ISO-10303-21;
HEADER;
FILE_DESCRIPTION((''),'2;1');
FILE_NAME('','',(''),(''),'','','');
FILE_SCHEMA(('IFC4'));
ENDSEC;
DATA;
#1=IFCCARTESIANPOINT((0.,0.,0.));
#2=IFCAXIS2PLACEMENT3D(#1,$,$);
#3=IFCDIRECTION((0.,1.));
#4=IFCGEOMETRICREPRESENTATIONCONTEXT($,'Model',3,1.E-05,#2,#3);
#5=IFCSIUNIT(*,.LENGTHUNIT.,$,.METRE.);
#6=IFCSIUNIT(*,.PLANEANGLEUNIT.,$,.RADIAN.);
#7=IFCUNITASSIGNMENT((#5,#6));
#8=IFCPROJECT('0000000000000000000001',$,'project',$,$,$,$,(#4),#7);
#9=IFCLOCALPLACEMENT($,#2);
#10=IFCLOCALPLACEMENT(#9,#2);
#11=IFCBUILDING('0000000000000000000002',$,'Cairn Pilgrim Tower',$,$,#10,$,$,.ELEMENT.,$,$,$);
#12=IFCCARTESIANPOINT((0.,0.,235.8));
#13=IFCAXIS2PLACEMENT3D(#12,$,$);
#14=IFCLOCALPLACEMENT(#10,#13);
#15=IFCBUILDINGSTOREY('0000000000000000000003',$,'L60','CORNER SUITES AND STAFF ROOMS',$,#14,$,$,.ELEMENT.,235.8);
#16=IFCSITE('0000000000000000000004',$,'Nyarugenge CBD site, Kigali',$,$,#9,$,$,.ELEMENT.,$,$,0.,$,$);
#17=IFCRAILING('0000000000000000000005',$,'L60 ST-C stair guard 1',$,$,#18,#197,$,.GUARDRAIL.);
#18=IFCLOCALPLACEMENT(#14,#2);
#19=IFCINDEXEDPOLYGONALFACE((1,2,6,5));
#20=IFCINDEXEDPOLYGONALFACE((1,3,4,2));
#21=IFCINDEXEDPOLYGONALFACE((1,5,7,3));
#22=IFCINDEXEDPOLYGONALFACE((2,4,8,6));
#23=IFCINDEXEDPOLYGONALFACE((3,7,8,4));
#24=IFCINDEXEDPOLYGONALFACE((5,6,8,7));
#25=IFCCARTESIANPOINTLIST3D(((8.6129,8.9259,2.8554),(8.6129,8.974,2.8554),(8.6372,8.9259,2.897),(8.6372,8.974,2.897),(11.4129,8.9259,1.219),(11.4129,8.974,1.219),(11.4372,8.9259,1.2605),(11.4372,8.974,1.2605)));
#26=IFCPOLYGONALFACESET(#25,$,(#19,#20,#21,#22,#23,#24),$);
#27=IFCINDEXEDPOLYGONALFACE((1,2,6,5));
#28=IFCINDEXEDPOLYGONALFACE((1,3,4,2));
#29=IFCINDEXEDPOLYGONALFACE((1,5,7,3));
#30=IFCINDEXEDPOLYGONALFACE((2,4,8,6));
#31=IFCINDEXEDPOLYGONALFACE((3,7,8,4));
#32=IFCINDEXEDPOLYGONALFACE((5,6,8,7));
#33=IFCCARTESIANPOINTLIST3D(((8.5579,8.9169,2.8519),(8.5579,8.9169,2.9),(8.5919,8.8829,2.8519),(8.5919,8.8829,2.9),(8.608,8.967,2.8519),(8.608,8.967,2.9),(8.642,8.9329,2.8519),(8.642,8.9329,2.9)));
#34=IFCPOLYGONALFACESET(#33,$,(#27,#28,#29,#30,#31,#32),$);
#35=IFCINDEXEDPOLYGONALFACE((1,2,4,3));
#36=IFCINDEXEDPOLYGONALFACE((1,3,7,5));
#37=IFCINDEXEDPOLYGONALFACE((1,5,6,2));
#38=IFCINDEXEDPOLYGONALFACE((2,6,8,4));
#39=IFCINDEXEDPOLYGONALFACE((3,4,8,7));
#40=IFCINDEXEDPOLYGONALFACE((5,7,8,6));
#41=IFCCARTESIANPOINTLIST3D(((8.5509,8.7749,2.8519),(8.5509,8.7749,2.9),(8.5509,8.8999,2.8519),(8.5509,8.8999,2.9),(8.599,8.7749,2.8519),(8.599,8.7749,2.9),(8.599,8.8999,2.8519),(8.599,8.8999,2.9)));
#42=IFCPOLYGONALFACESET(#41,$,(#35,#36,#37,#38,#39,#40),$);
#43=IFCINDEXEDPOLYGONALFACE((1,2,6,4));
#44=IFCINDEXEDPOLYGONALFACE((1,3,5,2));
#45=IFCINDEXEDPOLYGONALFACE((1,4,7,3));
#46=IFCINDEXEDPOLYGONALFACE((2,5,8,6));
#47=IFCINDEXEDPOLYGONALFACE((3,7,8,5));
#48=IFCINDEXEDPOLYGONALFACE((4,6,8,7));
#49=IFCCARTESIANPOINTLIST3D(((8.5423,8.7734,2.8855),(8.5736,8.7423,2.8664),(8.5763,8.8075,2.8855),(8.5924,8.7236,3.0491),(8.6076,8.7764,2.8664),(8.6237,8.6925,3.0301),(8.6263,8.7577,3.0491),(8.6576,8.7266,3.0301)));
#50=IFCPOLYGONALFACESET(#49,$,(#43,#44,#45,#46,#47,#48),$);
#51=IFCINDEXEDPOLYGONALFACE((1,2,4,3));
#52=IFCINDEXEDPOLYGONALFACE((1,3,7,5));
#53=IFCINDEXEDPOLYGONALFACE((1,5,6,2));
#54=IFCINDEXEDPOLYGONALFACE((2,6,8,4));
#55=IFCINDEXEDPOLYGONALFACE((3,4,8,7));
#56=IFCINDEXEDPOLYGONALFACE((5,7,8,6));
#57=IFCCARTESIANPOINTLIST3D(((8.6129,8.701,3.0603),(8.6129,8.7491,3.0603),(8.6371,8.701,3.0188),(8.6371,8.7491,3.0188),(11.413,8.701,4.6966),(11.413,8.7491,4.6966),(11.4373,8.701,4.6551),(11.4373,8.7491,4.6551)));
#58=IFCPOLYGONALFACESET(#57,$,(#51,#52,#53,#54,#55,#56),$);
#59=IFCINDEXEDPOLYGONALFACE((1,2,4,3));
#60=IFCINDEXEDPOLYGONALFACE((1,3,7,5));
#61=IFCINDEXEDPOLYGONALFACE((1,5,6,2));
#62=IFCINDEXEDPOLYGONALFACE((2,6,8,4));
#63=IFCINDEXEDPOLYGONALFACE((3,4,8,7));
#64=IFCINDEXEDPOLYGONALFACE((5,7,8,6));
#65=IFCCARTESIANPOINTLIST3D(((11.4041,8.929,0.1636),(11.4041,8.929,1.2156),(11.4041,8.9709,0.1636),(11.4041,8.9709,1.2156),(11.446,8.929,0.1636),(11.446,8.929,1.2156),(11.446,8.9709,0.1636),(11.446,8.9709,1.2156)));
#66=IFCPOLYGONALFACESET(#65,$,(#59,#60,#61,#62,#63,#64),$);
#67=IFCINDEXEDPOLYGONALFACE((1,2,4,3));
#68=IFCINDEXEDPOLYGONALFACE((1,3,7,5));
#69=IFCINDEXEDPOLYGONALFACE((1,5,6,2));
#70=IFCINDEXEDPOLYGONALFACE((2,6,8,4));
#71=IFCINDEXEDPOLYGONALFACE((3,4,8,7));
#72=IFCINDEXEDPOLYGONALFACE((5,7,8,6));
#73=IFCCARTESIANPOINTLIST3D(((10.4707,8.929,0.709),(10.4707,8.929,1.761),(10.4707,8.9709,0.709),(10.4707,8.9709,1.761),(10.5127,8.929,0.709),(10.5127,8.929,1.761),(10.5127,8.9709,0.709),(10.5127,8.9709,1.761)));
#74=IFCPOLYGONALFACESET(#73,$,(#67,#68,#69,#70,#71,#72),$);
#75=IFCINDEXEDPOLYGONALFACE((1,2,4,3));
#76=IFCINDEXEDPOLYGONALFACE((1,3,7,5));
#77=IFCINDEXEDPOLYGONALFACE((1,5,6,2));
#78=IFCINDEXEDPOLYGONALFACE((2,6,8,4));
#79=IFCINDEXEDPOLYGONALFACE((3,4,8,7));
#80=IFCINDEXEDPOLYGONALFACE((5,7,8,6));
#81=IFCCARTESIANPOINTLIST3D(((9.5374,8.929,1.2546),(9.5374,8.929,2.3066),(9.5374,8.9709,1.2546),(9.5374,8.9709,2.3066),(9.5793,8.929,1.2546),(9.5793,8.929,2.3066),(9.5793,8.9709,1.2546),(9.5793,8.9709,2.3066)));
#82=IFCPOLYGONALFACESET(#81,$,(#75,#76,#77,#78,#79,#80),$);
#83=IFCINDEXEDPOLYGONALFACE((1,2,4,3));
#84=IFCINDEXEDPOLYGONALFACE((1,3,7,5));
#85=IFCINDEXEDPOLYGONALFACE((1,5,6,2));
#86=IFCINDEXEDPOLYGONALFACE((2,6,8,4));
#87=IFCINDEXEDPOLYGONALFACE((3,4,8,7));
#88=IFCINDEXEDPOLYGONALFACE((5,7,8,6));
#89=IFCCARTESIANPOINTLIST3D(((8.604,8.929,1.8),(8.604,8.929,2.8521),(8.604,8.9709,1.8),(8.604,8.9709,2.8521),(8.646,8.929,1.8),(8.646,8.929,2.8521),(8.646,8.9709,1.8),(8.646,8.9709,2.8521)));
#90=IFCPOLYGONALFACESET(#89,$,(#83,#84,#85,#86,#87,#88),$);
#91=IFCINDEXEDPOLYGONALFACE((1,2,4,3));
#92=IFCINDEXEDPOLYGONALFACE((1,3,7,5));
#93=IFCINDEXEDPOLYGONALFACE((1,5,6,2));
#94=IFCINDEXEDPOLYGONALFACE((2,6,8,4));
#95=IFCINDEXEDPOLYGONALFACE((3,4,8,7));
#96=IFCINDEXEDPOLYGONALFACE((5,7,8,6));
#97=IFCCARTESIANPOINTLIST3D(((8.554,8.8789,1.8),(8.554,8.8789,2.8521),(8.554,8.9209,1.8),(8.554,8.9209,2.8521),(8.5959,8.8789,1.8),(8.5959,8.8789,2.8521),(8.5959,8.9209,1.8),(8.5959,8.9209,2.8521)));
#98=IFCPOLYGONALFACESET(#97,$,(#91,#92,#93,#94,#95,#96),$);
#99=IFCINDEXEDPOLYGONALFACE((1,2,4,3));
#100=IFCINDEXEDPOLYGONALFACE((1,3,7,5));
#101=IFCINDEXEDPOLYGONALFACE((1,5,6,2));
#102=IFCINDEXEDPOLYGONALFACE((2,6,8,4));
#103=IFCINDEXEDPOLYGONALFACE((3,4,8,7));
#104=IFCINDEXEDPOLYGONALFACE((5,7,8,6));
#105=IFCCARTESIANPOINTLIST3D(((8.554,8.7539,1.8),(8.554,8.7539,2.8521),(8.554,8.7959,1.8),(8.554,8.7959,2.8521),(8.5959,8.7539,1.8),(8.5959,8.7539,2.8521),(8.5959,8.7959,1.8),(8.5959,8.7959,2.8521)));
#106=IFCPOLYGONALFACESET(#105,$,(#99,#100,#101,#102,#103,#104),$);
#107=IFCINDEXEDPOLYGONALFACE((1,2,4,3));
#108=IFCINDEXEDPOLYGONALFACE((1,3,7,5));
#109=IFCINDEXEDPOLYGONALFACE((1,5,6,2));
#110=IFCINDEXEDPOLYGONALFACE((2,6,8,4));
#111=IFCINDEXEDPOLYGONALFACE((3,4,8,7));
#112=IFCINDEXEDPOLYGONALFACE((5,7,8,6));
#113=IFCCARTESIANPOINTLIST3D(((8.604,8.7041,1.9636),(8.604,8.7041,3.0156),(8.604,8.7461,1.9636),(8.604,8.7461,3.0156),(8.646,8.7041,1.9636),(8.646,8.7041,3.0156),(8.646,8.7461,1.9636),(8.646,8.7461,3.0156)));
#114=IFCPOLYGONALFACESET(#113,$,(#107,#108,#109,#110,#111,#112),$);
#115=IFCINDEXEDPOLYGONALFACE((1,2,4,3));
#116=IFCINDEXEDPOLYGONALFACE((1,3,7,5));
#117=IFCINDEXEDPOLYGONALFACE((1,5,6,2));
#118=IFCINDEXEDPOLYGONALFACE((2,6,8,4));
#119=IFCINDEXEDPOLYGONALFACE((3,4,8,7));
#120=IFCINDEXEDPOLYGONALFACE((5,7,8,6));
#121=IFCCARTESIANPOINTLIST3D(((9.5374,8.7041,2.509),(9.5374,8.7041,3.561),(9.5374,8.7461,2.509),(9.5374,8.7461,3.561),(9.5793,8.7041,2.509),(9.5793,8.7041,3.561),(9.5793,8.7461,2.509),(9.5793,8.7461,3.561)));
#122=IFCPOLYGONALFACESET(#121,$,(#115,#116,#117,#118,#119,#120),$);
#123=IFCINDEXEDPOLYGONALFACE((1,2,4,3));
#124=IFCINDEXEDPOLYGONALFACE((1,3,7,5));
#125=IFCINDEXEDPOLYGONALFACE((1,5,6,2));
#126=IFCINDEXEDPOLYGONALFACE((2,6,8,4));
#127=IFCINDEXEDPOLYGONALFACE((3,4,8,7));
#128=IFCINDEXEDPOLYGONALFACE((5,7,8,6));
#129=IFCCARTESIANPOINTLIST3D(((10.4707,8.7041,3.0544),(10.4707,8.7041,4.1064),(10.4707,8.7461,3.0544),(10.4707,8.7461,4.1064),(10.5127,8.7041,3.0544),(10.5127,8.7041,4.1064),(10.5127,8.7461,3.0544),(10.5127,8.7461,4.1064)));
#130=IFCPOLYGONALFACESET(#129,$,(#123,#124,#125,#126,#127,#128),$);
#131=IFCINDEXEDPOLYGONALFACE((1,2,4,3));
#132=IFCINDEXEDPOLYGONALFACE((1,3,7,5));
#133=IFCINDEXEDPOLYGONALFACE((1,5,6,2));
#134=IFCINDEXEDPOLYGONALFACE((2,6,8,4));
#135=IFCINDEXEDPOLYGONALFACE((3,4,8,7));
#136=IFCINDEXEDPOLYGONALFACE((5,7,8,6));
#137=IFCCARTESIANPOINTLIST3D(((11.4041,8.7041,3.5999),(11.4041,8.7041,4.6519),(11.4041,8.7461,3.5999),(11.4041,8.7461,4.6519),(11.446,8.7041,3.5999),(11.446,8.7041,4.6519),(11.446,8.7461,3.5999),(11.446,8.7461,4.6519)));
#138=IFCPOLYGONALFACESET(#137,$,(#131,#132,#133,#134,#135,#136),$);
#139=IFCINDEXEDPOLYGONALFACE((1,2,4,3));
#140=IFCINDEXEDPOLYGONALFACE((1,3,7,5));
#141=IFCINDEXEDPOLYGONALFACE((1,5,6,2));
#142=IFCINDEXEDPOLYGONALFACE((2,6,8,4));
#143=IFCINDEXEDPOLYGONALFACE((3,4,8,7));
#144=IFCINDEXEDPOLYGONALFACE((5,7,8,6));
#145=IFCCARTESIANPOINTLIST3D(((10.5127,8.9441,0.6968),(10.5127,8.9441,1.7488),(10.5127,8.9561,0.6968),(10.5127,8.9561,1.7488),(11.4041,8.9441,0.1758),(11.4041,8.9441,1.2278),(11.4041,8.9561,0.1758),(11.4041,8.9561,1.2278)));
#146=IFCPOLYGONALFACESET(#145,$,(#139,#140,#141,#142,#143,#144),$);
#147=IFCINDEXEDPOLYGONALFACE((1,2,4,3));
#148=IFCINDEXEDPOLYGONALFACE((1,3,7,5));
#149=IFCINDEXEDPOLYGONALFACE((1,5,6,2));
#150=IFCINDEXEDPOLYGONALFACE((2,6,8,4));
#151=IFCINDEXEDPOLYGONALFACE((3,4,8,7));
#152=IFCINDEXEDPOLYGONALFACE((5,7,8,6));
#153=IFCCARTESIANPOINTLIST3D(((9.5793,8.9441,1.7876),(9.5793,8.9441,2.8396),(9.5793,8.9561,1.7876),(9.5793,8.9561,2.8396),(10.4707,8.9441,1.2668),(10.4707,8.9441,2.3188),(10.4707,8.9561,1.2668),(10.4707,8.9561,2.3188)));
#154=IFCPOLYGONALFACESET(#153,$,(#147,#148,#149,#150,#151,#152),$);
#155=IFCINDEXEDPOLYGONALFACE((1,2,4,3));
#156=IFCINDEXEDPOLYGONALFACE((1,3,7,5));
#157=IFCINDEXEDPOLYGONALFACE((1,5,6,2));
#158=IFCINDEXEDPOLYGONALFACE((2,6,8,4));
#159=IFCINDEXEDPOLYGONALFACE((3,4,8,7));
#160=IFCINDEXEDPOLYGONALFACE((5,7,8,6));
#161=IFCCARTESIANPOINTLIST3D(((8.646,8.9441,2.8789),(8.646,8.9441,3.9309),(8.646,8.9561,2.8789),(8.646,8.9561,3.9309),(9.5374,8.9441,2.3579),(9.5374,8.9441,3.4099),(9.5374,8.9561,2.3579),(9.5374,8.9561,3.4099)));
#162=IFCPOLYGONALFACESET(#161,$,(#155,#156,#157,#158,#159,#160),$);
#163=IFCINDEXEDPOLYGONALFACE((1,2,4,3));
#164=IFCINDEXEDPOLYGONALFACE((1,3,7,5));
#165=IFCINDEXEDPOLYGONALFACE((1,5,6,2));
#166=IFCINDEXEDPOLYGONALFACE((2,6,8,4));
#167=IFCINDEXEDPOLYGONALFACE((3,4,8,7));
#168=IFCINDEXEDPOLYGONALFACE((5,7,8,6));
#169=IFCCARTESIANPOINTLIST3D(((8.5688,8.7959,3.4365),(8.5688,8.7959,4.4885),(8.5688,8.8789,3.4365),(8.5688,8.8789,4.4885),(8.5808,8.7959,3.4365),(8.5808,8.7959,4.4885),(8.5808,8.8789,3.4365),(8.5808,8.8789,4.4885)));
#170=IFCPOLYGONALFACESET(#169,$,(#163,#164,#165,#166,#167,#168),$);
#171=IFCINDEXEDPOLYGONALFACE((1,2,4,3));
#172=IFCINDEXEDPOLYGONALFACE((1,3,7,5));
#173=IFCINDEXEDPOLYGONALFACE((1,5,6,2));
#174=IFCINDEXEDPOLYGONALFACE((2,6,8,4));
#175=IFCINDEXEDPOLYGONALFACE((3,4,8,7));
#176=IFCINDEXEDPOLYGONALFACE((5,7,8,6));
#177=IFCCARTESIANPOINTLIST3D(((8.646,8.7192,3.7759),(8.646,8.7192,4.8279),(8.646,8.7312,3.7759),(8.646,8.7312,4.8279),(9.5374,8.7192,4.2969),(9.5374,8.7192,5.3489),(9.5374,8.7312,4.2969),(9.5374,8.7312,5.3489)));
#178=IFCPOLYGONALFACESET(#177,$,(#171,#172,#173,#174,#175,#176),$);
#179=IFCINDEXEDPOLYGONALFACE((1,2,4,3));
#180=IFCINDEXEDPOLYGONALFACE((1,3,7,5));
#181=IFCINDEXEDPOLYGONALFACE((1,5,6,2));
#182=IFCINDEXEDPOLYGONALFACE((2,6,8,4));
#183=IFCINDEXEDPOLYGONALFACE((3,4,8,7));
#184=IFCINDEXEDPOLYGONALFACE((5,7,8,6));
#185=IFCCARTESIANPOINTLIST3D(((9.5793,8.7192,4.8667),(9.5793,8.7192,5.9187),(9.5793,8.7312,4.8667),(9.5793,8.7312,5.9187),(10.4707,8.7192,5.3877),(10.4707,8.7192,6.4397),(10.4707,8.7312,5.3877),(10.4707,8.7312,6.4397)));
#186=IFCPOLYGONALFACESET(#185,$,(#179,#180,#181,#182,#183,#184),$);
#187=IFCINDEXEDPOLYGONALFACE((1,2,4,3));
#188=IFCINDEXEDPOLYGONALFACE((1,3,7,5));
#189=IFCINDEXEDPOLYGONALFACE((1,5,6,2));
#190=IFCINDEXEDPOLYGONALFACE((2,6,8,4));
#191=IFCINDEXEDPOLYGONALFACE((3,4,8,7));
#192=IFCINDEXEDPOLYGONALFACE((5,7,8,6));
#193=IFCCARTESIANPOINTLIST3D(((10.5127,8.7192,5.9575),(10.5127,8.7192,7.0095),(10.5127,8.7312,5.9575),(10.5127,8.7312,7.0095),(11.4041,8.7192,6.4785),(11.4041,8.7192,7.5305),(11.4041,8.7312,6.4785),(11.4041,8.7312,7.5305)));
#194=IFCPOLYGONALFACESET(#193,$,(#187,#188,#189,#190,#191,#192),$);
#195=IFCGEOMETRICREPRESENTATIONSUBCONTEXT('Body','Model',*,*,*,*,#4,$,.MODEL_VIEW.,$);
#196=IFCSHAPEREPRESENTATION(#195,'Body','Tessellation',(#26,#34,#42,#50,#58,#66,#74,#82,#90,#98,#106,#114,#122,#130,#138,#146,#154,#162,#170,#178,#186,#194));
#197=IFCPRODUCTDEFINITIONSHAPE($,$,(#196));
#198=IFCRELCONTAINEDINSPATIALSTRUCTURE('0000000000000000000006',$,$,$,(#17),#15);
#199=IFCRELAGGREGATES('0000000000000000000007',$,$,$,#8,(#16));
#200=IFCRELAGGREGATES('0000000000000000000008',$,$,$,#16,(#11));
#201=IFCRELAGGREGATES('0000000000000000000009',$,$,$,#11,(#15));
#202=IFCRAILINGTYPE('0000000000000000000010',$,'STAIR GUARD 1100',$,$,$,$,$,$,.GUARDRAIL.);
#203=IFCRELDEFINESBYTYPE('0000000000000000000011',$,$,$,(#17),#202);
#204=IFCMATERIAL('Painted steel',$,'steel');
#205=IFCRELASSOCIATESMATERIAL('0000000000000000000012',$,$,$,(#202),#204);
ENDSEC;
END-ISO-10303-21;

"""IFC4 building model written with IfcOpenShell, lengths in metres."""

from ifc_helpers import new_model, si_unit, direction, frame, origin, origin_2d, place, context, subcontext, project, spatial, polyline, rectangle, outline, extrude, material, type_object, element, save


model = new_model("IFC4")

# Units and contexts
model_context = context("Model", 3, precision=1e-05, world=origin(), true_north=direction((0.0, 1.0)))
body_context = subcontext(model_context, "Body", "Model", "MODEL_VIEW")
ifc_project = project(units=[si_unit("LENGTHUNIT", "METRE"), si_unit("PLANEANGLEUNIT", "RADIAN")], contexts=[model_context])

# Site, building, storey
site_placement = place(None, origin())
site = spatial("IfcSite", under=ifc_project, at=site_placement, Name="Nyarugenge CBD site, Kigali", CompositionType="ELEMENT", RefElevation=0.0)
building_placement = place(site_placement, origin())
building = spatial("IfcBuilding", under=site, at=building_placement, Name="Cairn Pilgrim Tower", CompositionType="ELEMENT")
storey_placement = place(building_placement, frame((0.0, 0.0, 235.8)))
storey = spatial("IfcBuildingStorey", under=building, at=storey_placement, Name="L60", Description="CORNER SUITES AND STAFF ROOMS", CompositionType="ELEMENT", Elevation=235.8)

# Shared definitions
ifc_material_1 = material(Name="Painted steel", Category="steel")

# Railing
railing_type_1 = type_object("IfcRailingType", Name="STAIR GUARD 1100", PredefinedType="GUARDRAIL", material=ifc_material_1)
railing_1_placement = place(storey_placement, frame((11.425, 8.95, 0.1636)))
element("IfcRailing", 1, at=railing_1_placement, inside=storey, type_object=railing_type_1, Name="L60 ST-C stair guard 1", PredefinedType="GUARDRAIL", context=body_context, shape_type="SweptSolid", body=[
    extrude(rectangle(XDim=0.0481, YDim=0.0481, at=origin_2d()), frame((0.0, 0.0, 1.0762), z_axis=(-0.863361, 0.0, 0.504587), x_axis=(0.0, -1.0, 0.0)), (0.0, 0.0, 1.0), 3.2432),
    extrude(rectangle(XDim=0.0481, YDim=0.0481, at=origin_2d()), frame((-2.8, 0.0, 2.7124), z_axis=(-0.707107, -0.707107, 0.0), x_axis=(0.707107, -0.707107, 0.0)), (0.0, 0.0, 1.0), 0.0708),
    extrude(rectangle(XDim=0.0481, YDim=0.0481, at=origin_2d()), frame((-2.8501, -0.05, 2.7124), z_axis=(0.0, -1.0, 0.0), x_axis=(1.0, 0.0, 0.0)), (0.0, 0.0, 1.0), 0.125),
    extrude(rectangle(XDim=0.0481, YDim=0.0481, at=origin_2d()), frame((-2.8501, -0.175, 2.7124), z_axis=(0.280917, -0.279546, 0.918118), x_axis=(0.705376, 0.708834, 0.0)), (0.0, 0.0, 1.0), 0.1782),
    extrude(rectangle(XDim=0.0481, YDim=0.0481, at=origin_2d()), frame((-2.8, -0.2249, 2.876), z_axis=(0.863394, 0.0, 0.504531), x_axis=(0.0, 1.0, 0.0)), (0.0, 0.0, 1.0), 3.2432),
    extrude(rectangle(XDim=0.042, YDim=0.042, at=origin_2d()), origin(), (0.0, 0.0, 1.0), 1.052),
    extrude(rectangle(XDim=0.042, YDim=0.042, at=origin_2d()), frame((-0.9333, 0.0, 0.5454)), (0.0, 0.0, 1.0), 1.052),
    extrude(rectangle(XDim=0.042, YDim=0.042, at=origin_2d()), frame((-1.8667, 0.0, 1.0911)), (0.0, 0.0, 1.0), 1.052),
    extrude(rectangle(XDim=0.042, YDim=0.042, at=origin_2d()), frame((-2.8, 0.0, 1.6365)), (0.0, 0.0, 1.0), 1.052),
    extrude(rectangle(XDim=0.042, YDim=0.042, at=origin_2d()), frame((-2.8501, -0.05, 1.6365)), (0.0, 0.0, 1.0), 1.052),
    extrude(rectangle(XDim=0.042, YDim=0.042, at=origin_2d()), frame((-2.8501, -0.175, 1.6365)), (0.0, 0.0, 1.0), 1.052),
    extrude(rectangle(XDim=0.042, YDim=0.042, at=origin_2d()), frame((-2.8, -0.2249, 1.8)), (0.0, 0.0, 1.0), 1.052),
    extrude(rectangle(XDim=0.042, YDim=0.042, at=origin_2d()), frame((-1.8667, -0.2249, 2.3455)), (0.0, 0.0, 1.0), 1.052),
    extrude(rectangle(XDim=0.042, YDim=0.042, at=origin_2d()), frame((-0.9333, -0.2249, 2.8909)), (0.0, 0.0, 1.0), 1.052),
    extrude(rectangle(XDim=0.042, YDim=0.042, at=origin_2d()), frame((0.0, -0.2249, 3.4363)), (0.0, 0.0, 1.0), 1.052),
    extrude(outline(polyline([(0.021, 0.0122), (0.9124, 0.5332), (0.9124, 1.5852), (0.021, 1.0642), (0.021, 0.0122)])), frame((0.0, -0.0059, 0.0), z_axis=(0.0, 1.0, 0.0), x_axis=(-1.0, 0.0, 0.0)), (0.0, 0.0, 1.0), 0.012),
    extrude(outline(polyline([(0.021, 0.5579), (0.9124, 1.0786), (0.9124, 2.1306), (0.021, 1.6099), (0.021, 0.5579)])), frame((-0.9333, -0.0059, 0.5454), z_axis=(0.0, 1.0, 0.0), x_axis=(-1.0, 0.0, 0.0)), (0.0, 0.0, 1.0), 0.012),
    extrude(outline(polyline([(0.021, 1.1033), (0.9124, 1.6243), (0.9124, 2.6763), (0.021, 2.1553), (0.021, 1.1033)])), frame((-1.8667, -0.0059, 1.0911), z_axis=(0.0, 1.0, 0.0), x_axis=(-1.0, 0.0, 0.0)), (0.0, 0.0, 1.0), 0.012),
    extrude(outline(polyline([(0.021, 1.6365), (0.104, 1.6365), (0.104, 2.6885), (0.021, 2.6885), (0.021, 1.6365)])), frame((-2.8442, -0.05, 1.6365), z_axis=(-1.0, 0.0, 0.0), x_axis=(0.0, -1.0, 0.0)), (0.0, 0.0, 1.0), 0.012),
    extrude(outline(polyline([(0.021, 1.8123), (0.9124, 2.3333), (0.9124, 3.3853), (0.021, 2.8643), (0.021, 1.8123)])), frame((-2.8, -0.2188, 1.8), z_axis=(0.0, -1.0, 0.0), x_axis=(1.0, 0.0, 0.0)), (0.0, 0.0, 1.0), 0.012),
    extrude(outline(polyline([(0.021, 2.3577), (0.9124, 2.8787), (0.9124, 3.9307), (0.021, 3.4097), (0.021, 2.3577)])), frame((-1.8667, -0.2188, 2.3455), z_axis=(0.0, -1.0, 0.0), x_axis=(1.0, 0.0, 0.0)), (0.0, 0.0, 1.0), 0.012),
    extrude(outline(polyline([(0.021, 2.9031), (0.9124, 3.4241), (0.9124, 4.4761), (0.021, 3.9551), (0.021, 2.9031)])), frame((-0.9333, -0.2188, 2.8909), z_axis=(0.0, -1.0, 0.0), x_axis=(1.0, 0.0, 0.0)), (0.0, 0.0, 1.0), 0.012),
])

save(model, "model.ifc")
